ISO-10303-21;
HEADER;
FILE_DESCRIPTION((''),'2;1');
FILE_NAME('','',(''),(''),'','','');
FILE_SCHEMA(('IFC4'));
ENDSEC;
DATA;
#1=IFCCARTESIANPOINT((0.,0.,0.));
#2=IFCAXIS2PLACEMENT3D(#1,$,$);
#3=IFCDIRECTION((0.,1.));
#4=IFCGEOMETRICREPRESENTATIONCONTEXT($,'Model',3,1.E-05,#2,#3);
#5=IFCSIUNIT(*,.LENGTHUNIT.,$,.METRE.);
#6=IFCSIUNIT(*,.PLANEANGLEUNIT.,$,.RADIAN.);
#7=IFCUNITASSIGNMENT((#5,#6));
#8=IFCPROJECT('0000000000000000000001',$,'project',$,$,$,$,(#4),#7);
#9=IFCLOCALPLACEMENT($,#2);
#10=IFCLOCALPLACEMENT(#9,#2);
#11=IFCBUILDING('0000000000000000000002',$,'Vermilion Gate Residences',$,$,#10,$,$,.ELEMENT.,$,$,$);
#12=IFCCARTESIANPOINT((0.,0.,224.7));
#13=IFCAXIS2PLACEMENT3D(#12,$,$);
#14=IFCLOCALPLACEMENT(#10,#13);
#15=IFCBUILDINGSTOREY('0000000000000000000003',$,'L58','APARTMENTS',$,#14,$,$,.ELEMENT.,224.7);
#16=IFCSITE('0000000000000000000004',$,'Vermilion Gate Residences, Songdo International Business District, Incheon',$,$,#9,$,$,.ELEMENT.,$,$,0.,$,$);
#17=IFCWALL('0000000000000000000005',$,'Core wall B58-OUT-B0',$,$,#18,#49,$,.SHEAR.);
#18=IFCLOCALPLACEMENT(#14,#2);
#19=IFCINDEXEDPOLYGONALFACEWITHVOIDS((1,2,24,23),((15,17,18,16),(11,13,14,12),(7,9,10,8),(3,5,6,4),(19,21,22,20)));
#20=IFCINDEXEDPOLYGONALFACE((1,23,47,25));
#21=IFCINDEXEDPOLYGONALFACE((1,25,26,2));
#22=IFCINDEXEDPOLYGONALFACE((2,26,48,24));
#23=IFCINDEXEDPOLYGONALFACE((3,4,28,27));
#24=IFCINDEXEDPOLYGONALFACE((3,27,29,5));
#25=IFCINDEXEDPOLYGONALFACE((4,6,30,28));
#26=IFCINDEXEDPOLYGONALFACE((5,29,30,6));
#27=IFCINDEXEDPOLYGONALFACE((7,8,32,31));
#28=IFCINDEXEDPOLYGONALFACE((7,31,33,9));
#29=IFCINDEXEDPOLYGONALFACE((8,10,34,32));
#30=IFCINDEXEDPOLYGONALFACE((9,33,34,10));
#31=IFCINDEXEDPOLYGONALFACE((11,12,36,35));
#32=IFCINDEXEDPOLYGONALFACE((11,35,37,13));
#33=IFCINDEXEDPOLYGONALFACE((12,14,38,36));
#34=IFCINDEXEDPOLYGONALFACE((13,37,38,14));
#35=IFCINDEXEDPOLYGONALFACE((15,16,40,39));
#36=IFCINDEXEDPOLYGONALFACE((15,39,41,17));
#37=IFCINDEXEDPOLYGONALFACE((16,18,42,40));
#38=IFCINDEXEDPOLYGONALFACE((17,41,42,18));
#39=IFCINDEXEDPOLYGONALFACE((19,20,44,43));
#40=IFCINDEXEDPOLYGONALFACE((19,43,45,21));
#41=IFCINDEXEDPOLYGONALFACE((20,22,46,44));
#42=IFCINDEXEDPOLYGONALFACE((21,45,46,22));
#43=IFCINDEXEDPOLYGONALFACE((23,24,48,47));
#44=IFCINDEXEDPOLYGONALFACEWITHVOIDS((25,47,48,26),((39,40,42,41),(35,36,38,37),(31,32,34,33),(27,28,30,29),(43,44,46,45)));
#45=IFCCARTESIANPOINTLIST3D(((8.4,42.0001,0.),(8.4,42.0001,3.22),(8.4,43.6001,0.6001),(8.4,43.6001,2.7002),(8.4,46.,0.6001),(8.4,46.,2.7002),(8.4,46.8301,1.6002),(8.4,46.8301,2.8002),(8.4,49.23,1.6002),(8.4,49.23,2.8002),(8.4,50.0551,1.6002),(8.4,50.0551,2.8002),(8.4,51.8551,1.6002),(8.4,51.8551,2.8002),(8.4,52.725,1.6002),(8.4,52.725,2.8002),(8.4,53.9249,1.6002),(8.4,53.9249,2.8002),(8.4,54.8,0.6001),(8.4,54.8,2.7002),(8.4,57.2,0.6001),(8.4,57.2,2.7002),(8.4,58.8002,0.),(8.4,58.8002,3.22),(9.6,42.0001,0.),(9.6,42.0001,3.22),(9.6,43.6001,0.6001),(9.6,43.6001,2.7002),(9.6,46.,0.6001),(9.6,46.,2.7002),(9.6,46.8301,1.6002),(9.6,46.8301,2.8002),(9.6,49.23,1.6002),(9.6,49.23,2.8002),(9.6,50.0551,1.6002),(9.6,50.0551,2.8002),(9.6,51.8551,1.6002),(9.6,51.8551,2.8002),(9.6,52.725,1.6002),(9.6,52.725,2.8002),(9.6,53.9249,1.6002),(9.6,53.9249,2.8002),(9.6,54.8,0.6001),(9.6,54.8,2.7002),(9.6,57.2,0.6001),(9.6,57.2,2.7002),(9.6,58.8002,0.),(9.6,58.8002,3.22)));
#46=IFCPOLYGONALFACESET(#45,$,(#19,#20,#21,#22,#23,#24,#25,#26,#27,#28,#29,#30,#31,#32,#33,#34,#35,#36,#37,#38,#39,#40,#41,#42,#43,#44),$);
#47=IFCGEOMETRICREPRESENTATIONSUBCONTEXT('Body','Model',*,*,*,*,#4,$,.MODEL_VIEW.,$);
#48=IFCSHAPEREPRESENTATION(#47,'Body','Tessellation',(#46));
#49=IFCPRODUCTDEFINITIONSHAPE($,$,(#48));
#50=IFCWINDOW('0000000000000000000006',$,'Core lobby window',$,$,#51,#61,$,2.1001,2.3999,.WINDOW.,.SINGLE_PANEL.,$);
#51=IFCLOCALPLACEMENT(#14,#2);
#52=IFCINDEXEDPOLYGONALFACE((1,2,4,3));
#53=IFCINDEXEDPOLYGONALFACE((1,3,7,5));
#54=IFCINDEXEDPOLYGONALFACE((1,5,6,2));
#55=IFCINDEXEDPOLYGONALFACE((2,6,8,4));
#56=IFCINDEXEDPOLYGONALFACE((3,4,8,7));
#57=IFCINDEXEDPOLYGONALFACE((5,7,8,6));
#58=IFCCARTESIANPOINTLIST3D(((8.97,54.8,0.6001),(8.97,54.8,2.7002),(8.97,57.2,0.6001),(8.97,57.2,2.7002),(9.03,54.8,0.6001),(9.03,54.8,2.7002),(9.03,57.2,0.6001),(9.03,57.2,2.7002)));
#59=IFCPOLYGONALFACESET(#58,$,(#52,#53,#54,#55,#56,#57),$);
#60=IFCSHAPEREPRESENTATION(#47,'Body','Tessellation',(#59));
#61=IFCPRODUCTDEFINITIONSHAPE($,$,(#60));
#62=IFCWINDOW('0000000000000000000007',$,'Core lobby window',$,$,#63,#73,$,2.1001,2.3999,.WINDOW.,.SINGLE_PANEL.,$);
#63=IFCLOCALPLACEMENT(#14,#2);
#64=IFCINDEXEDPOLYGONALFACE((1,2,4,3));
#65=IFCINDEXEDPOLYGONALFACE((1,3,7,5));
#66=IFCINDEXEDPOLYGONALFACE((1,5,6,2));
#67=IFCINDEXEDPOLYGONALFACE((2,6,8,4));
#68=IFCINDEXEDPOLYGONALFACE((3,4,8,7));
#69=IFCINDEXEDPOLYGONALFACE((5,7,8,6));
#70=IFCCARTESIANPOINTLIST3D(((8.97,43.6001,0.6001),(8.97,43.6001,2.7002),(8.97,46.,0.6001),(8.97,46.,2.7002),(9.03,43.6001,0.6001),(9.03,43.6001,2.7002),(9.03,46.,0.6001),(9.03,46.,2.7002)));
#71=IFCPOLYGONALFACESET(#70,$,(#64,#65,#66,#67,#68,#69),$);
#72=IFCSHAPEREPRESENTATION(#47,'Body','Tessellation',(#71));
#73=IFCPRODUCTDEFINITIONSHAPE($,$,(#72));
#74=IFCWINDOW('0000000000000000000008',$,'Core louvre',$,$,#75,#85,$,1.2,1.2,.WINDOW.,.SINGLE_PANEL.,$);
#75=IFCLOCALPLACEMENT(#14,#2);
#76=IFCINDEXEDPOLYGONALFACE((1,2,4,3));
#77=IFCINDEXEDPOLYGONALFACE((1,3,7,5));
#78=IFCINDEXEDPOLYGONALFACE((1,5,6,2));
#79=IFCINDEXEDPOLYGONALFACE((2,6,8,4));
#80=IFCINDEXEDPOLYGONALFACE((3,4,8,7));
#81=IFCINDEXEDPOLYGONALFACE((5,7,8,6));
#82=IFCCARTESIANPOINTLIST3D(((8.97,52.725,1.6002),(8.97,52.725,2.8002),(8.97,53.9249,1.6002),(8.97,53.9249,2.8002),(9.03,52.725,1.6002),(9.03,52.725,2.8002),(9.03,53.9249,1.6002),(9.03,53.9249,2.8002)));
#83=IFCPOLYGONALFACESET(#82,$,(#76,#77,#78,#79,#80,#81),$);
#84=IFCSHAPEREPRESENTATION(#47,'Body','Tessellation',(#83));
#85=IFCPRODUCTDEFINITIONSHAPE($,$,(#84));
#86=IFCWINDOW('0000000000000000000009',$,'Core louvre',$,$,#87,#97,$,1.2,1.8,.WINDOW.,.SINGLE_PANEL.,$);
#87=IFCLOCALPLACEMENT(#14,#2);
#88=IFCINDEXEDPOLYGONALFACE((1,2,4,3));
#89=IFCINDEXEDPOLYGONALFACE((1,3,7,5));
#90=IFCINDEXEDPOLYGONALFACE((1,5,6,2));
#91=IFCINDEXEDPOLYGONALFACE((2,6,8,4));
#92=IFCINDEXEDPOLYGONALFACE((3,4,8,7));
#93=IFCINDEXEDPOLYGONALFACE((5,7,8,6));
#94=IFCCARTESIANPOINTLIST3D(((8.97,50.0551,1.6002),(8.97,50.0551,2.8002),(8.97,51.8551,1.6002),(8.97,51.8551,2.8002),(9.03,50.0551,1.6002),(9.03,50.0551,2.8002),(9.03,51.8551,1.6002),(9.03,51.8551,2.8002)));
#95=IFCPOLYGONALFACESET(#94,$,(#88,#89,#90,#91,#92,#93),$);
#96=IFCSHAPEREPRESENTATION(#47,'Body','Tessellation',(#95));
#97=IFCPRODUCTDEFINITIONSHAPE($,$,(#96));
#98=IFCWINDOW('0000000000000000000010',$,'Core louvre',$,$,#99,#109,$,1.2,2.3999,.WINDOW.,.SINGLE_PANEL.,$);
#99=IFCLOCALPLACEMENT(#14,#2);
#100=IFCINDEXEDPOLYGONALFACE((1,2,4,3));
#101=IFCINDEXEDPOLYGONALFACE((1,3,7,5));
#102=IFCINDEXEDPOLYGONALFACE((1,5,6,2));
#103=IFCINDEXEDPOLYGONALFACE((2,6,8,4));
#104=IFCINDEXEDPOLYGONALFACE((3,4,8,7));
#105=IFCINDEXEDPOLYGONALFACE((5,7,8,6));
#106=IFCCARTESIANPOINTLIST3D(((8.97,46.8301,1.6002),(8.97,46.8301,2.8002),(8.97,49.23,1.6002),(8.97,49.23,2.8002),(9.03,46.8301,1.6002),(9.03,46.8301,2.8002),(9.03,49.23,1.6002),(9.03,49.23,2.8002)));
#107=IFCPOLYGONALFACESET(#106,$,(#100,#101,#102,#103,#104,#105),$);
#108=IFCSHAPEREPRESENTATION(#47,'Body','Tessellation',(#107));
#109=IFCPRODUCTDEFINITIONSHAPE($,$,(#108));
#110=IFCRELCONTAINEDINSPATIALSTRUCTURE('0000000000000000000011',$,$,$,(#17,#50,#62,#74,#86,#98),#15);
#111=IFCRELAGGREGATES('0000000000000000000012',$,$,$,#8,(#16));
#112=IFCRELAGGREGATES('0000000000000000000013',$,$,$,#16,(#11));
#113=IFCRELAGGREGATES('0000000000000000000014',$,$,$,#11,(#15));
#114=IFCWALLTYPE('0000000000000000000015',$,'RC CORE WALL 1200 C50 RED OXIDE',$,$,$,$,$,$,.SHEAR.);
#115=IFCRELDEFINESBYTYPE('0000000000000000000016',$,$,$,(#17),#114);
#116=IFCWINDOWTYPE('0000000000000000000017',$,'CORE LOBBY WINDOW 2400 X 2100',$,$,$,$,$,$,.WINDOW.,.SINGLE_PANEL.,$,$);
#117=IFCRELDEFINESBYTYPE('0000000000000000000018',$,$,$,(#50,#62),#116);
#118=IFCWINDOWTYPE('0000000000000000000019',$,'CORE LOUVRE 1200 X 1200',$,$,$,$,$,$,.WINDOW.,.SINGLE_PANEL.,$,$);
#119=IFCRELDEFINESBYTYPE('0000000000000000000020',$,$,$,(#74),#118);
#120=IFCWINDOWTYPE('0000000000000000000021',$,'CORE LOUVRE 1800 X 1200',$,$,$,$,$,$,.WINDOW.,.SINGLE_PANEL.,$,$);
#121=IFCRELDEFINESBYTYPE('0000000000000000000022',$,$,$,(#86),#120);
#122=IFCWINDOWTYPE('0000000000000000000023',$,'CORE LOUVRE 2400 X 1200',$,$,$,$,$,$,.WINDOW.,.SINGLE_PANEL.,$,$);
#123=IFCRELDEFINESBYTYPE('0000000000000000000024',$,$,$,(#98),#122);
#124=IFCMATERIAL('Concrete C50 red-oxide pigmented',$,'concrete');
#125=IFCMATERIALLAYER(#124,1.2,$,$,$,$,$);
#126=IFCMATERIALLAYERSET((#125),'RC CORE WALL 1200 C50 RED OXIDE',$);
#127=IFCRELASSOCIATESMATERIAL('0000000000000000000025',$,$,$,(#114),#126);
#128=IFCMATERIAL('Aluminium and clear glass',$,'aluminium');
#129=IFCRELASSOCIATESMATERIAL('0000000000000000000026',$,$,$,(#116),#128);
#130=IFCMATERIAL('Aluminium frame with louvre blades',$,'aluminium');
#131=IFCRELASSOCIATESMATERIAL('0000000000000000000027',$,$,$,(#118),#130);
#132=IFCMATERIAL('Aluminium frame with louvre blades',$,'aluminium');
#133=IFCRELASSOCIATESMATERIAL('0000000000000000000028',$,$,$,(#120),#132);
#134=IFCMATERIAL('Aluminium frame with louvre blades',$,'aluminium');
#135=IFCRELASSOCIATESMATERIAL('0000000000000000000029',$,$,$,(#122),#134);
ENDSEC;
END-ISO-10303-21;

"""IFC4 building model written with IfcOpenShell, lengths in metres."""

from ifc_helpers import new_model, si_unit, direction, frame, frame_2d, origin, place, context, subcontext, project, spatial, rectangle, extrude, material, layer, layer_set, type_object, element, fill, save


model = new_model("IFC4")

# Units and contexts
model_context = context("Model", 3, precision=1e-05, world=origin(), true_north=direction((0.0, 1.0)))
body_context = subcontext(model_context, "Body", "Model", "MODEL_VIEW")
ifc_project = project(units=[si_unit("LENGTHUNIT", "METRE"), si_unit("PLANEANGLEUNIT", "RADIAN")], contexts=[model_context])

# Site, building, storey
site_placement = place(None, origin())
site = spatial("IfcSite", under=ifc_project, at=site_placement, Name="Vermilion Gate Residences, Songdo International Business District, Incheon", CompositionType="ELEMENT", RefElevation=0.0)
building_placement = place(site_placement, origin())
building = spatial("IfcBuilding", under=site, at=building_placement, Name="Vermilion Gate Residences", CompositionType="ELEMENT")
storey_placement = place(building_placement, frame((0.0, 0.0, 224.7)))
storey = spatial("IfcBuildingStorey", under=building, at=storey_placement, Name="L58", Description="APARTMENTS", CompositionType="ELEMENT", Elevation=224.7)

# Wall, openings, windows
ifc_material_1 = material(Name="Concrete C50 red-oxide pigmented", Category="concrete")
ifc_layer_1 = layer(ifc_material_1, 1.2)
ifc_layer_set_1 = layer_set([ifc_layer_1], Name="RC CORE WALL 1200 C50 RED OXIDE")
wall_type_1 = type_object("IfcWallType", Name="RC CORE WALL 1200 C50 RED OXIDE", PredefinedType="SHEAR", material=ifc_layer_set_1)
wall_1_placement = place(storey_placement, frame((9.0, 58.8, 0.0), z_axis=(0.0, 0.0, 1.0), x_axis=(0.0, -1.0, 0.0)))
wall_1 = element("IfcWall", 1, at=wall_1_placement, inside=storey, type_object=wall_type_1, Name="Core wall B58-OUT-B0", PredefinedType="SHEAR", context=body_context, shape_type="SweptSolid", body=[
    extrude(rectangle(XDim=16.8, YDim=1.2, at=frame_2d((8.3999, 0.0))), origin(), (0.0, 0.0, 1.0), 3.22),
])
opening_1_placement = place(wall_1_placement, frame((1.6001, 0.0, 0.6001)))
opening_1 = element("IfcOpeningElement", 2, at=opening_1_placement, cuts=wall_1, PredefinedType="OPENING", context=body_context, shape_type="SweptSolid", body=[
    extrude(rectangle(XDim=2.3999, YDim=2.1001, at=frame_2d((1.2, 1.05))), frame((0.0, 0.6099, 0.0), z_axis=(0.0, -1.0, 0.0), x_axis=(1.0, 0.0, 0.0)), (0.0, 0.0, 1.0), 1.22),
])
opening_2_placement = place(wall_1_placement, frame((4.875, 0.0, 1.6001)))
opening_2 = element("IfcOpeningElement", 3, at=opening_2_placement, cuts=wall_1, PredefinedType="OPENING", context=body_context, shape_type="SweptSolid", body=[
    extrude(rectangle(XDim=1.2, YDim=1.2, at=frame_2d((0.6001, 0.6001))), frame((0.0, 0.6099, 0.0), z_axis=(0.0, -1.0, 0.0), x_axis=(1.0, 0.0, 0.0)), (0.0, 0.0, 1.0), 1.22),
])
opening_3_placement = place(wall_1_placement, frame((6.9451, 0.0, 1.6001)))
opening_3 = element("IfcOpeningElement", 4, at=opening_3_placement, cuts=wall_1, PredefinedType="OPENING", context=body_context, shape_type="SweptSolid", body=[
    extrude(rectangle(XDim=1.8, YDim=1.2, at=frame_2d((0.8999, 0.6001))), frame((0.0, 0.6099, 0.0), z_axis=(0.0, -1.0, 0.0), x_axis=(1.0, 0.0, 0.0)), (0.0, 0.0, 1.0), 1.22),
])
opening_4_placement = place(wall_1_placement, frame((9.5701, 0.0, 1.6001)))
opening_4 = element("IfcOpeningElement", 5, at=opening_4_placement, cuts=wall_1, PredefinedType="OPENING", context=body_context, shape_type="SweptSolid", body=[
    extrude(rectangle(XDim=2.3999, YDim=1.2, at=frame_2d((1.2, 0.6001))), frame((0.0, 0.6099, 0.0), z_axis=(0.0, -1.0, 0.0), x_axis=(1.0, 0.0, 0.0)), (0.0, 0.0, 1.0), 1.22),
])
opening_5_placement = place(wall_1_placement, frame((12.8, 0.0, 0.6001)))
opening_5 = element("IfcOpeningElement", 6, at=opening_5_placement, cuts=wall_1, PredefinedType="OPENING", context=body_context, shape_type="SweptSolid", body=[
    extrude(rectangle(XDim=2.3999, YDim=2.1001, at=frame_2d((1.2, 1.05))), frame((0.0, 0.6099, 0.0), z_axis=(0.0, -1.0, 0.0), x_axis=(1.0, 0.0, 0.0)), (0.0, 0.0, 1.0), 1.22),
])
ifc_material_2 = material(Name="Aluminium and clear glass", Category="aluminium")
window_type_1 = type_object("IfcWindowType", Name="CORE LOBBY WINDOW 2400 X 2100", PartitioningType="SINGLE_PANEL", PredefinedType="WINDOW", material=ifc_material_2)
window_1_placement = place(opening_1_placement, origin())
window_1 = element("IfcWindow", 7, at=window_1_placement, inside=storey, type_object=window_type_1, Name="Core lobby window", OverallHeight=2.1001, OverallWidth=2.3999, PartitioningType="SINGLE_PANEL", PredefinedType="WINDOW", context=body_context, shape_type="SweptSolid", body=[
    extrude(rectangle(XDim=2.3999, YDim=2.1001, at=frame_2d((1.2, 1.05))), frame((0.0, 0.03, 0.0), z_axis=(0.0, -1.0, 0.0), x_axis=(1.0, 0.0, 0.0)), (0.0, 0.0, 1.0), 0.0601),
])
fill(opening_1, window_1)
window_2_placement = place(opening_5_placement, origin())
window_2 = element("IfcWindow", 8, at=window_2_placement, inside=storey, type_object=window_type_1, Name="Core lobby window", OverallHeight=2.1001, OverallWidth=2.3999, PartitioningType="SINGLE_PANEL", PredefinedType="WINDOW", context=body_context, shape_type="SweptSolid", body=[
    extrude(rectangle(XDim=2.3999, YDim=2.1001, at=frame_2d((1.2, 1.05))), frame((0.0, 0.03, 0.0), z_axis=(0.0, -1.0, 0.0), x_axis=(1.0, 0.0, 0.0)), (0.0, 0.0, 1.0), 0.0601),
])
fill(opening_5, window_2)
ifc_material_3 = material(Name="Aluminium frame with louvre blades", Category="aluminium")
window_type_2 = type_object("IfcWindowType", Name="CORE LOUVRE 1200 X 1200", PartitioningType="SINGLE_PANEL", PredefinedType="WINDOW", material=ifc_material_3)
window_3_placement = place(opening_2_placement, origin())
window_3 = element("IfcWindow", 9, at=window_3_placement, inside=storey, type_object=window_type_2, Name="Core louvre", OverallHeight=1.2, OverallWidth=1.2, PartitioningType="SINGLE_PANEL", PredefinedType="WINDOW", context=body_context, shape_type="SweptSolid", body=[
    extrude(rectangle(XDim=1.2, YDim=1.2, at=frame_2d((0.6001, 0.6001))), frame((0.0, 0.03, 0.0), z_axis=(0.0, -1.0, 0.0), x_axis=(1.0, 0.0, 0.0)), (0.0, 0.0, 1.0), 0.0601),
])
fill(opening_2, window_3)
ifc_material_4 = material(Name="Aluminium frame with louvre blades", Category="aluminium")
window_type_3 = type_object("IfcWindowType", Name="CORE LOUVRE 1800 X 1200", PartitioningType="SINGLE_PANEL", PredefinedType="WINDOW", material=ifc_material_4)
window_4_placement = place(opening_3_placement, origin())
window_4 = element("IfcWindow", 10, at=window_4_placement, inside=storey, type_object=window_type_3, Name="Core louvre", OverallHeight=1.2, OverallWidth=1.8, PartitioningType="SINGLE_PANEL", PredefinedType="WINDOW", context=body_context, shape_type="SweptSolid", body=[
    extrude(rectangle(XDim=1.8, YDim=1.2, at=frame_2d((0.8999, 0.6001))), frame((0.0, 0.03, 0.0), z_axis=(0.0, -1.0, 0.0), x_axis=(1.0, 0.0, 0.0)), (0.0, 0.0, 1.0), 0.0601),
])
fill(opening_3, window_4)
ifc_material_5 = material(Name="Aluminium frame with louvre blades", Category="aluminium")
window_type_4 = type_object("IfcWindowType", Name="CORE LOUVRE 2400 X 1200", PartitioningType="SINGLE_PANEL", PredefinedType="WINDOW", material=ifc_material_5)
window_5_placement = place(opening_4_placement, origin())
window_5 = element("IfcWindow", 11, at=window_5_placement, inside=storey, type_object=window_type_4, Name="Core louvre", OverallHeight=1.2, OverallWidth=2.3999, PartitioningType="SINGLE_PANEL", PredefinedType="WINDOW", context=body_context, shape_type="SweptSolid", body=[
    extrude(rectangle(XDim=2.3999, YDim=1.2, at=frame_2d((1.2, 0.6001))), frame((0.0, 0.03, 0.0), z_axis=(0.0, -1.0, 0.0), x_axis=(1.0, 0.0, 0.0)), (0.0, 0.0, 1.0), 0.0601),
])
fill(opening_4, window_5)

save(model, "model.ifc")
